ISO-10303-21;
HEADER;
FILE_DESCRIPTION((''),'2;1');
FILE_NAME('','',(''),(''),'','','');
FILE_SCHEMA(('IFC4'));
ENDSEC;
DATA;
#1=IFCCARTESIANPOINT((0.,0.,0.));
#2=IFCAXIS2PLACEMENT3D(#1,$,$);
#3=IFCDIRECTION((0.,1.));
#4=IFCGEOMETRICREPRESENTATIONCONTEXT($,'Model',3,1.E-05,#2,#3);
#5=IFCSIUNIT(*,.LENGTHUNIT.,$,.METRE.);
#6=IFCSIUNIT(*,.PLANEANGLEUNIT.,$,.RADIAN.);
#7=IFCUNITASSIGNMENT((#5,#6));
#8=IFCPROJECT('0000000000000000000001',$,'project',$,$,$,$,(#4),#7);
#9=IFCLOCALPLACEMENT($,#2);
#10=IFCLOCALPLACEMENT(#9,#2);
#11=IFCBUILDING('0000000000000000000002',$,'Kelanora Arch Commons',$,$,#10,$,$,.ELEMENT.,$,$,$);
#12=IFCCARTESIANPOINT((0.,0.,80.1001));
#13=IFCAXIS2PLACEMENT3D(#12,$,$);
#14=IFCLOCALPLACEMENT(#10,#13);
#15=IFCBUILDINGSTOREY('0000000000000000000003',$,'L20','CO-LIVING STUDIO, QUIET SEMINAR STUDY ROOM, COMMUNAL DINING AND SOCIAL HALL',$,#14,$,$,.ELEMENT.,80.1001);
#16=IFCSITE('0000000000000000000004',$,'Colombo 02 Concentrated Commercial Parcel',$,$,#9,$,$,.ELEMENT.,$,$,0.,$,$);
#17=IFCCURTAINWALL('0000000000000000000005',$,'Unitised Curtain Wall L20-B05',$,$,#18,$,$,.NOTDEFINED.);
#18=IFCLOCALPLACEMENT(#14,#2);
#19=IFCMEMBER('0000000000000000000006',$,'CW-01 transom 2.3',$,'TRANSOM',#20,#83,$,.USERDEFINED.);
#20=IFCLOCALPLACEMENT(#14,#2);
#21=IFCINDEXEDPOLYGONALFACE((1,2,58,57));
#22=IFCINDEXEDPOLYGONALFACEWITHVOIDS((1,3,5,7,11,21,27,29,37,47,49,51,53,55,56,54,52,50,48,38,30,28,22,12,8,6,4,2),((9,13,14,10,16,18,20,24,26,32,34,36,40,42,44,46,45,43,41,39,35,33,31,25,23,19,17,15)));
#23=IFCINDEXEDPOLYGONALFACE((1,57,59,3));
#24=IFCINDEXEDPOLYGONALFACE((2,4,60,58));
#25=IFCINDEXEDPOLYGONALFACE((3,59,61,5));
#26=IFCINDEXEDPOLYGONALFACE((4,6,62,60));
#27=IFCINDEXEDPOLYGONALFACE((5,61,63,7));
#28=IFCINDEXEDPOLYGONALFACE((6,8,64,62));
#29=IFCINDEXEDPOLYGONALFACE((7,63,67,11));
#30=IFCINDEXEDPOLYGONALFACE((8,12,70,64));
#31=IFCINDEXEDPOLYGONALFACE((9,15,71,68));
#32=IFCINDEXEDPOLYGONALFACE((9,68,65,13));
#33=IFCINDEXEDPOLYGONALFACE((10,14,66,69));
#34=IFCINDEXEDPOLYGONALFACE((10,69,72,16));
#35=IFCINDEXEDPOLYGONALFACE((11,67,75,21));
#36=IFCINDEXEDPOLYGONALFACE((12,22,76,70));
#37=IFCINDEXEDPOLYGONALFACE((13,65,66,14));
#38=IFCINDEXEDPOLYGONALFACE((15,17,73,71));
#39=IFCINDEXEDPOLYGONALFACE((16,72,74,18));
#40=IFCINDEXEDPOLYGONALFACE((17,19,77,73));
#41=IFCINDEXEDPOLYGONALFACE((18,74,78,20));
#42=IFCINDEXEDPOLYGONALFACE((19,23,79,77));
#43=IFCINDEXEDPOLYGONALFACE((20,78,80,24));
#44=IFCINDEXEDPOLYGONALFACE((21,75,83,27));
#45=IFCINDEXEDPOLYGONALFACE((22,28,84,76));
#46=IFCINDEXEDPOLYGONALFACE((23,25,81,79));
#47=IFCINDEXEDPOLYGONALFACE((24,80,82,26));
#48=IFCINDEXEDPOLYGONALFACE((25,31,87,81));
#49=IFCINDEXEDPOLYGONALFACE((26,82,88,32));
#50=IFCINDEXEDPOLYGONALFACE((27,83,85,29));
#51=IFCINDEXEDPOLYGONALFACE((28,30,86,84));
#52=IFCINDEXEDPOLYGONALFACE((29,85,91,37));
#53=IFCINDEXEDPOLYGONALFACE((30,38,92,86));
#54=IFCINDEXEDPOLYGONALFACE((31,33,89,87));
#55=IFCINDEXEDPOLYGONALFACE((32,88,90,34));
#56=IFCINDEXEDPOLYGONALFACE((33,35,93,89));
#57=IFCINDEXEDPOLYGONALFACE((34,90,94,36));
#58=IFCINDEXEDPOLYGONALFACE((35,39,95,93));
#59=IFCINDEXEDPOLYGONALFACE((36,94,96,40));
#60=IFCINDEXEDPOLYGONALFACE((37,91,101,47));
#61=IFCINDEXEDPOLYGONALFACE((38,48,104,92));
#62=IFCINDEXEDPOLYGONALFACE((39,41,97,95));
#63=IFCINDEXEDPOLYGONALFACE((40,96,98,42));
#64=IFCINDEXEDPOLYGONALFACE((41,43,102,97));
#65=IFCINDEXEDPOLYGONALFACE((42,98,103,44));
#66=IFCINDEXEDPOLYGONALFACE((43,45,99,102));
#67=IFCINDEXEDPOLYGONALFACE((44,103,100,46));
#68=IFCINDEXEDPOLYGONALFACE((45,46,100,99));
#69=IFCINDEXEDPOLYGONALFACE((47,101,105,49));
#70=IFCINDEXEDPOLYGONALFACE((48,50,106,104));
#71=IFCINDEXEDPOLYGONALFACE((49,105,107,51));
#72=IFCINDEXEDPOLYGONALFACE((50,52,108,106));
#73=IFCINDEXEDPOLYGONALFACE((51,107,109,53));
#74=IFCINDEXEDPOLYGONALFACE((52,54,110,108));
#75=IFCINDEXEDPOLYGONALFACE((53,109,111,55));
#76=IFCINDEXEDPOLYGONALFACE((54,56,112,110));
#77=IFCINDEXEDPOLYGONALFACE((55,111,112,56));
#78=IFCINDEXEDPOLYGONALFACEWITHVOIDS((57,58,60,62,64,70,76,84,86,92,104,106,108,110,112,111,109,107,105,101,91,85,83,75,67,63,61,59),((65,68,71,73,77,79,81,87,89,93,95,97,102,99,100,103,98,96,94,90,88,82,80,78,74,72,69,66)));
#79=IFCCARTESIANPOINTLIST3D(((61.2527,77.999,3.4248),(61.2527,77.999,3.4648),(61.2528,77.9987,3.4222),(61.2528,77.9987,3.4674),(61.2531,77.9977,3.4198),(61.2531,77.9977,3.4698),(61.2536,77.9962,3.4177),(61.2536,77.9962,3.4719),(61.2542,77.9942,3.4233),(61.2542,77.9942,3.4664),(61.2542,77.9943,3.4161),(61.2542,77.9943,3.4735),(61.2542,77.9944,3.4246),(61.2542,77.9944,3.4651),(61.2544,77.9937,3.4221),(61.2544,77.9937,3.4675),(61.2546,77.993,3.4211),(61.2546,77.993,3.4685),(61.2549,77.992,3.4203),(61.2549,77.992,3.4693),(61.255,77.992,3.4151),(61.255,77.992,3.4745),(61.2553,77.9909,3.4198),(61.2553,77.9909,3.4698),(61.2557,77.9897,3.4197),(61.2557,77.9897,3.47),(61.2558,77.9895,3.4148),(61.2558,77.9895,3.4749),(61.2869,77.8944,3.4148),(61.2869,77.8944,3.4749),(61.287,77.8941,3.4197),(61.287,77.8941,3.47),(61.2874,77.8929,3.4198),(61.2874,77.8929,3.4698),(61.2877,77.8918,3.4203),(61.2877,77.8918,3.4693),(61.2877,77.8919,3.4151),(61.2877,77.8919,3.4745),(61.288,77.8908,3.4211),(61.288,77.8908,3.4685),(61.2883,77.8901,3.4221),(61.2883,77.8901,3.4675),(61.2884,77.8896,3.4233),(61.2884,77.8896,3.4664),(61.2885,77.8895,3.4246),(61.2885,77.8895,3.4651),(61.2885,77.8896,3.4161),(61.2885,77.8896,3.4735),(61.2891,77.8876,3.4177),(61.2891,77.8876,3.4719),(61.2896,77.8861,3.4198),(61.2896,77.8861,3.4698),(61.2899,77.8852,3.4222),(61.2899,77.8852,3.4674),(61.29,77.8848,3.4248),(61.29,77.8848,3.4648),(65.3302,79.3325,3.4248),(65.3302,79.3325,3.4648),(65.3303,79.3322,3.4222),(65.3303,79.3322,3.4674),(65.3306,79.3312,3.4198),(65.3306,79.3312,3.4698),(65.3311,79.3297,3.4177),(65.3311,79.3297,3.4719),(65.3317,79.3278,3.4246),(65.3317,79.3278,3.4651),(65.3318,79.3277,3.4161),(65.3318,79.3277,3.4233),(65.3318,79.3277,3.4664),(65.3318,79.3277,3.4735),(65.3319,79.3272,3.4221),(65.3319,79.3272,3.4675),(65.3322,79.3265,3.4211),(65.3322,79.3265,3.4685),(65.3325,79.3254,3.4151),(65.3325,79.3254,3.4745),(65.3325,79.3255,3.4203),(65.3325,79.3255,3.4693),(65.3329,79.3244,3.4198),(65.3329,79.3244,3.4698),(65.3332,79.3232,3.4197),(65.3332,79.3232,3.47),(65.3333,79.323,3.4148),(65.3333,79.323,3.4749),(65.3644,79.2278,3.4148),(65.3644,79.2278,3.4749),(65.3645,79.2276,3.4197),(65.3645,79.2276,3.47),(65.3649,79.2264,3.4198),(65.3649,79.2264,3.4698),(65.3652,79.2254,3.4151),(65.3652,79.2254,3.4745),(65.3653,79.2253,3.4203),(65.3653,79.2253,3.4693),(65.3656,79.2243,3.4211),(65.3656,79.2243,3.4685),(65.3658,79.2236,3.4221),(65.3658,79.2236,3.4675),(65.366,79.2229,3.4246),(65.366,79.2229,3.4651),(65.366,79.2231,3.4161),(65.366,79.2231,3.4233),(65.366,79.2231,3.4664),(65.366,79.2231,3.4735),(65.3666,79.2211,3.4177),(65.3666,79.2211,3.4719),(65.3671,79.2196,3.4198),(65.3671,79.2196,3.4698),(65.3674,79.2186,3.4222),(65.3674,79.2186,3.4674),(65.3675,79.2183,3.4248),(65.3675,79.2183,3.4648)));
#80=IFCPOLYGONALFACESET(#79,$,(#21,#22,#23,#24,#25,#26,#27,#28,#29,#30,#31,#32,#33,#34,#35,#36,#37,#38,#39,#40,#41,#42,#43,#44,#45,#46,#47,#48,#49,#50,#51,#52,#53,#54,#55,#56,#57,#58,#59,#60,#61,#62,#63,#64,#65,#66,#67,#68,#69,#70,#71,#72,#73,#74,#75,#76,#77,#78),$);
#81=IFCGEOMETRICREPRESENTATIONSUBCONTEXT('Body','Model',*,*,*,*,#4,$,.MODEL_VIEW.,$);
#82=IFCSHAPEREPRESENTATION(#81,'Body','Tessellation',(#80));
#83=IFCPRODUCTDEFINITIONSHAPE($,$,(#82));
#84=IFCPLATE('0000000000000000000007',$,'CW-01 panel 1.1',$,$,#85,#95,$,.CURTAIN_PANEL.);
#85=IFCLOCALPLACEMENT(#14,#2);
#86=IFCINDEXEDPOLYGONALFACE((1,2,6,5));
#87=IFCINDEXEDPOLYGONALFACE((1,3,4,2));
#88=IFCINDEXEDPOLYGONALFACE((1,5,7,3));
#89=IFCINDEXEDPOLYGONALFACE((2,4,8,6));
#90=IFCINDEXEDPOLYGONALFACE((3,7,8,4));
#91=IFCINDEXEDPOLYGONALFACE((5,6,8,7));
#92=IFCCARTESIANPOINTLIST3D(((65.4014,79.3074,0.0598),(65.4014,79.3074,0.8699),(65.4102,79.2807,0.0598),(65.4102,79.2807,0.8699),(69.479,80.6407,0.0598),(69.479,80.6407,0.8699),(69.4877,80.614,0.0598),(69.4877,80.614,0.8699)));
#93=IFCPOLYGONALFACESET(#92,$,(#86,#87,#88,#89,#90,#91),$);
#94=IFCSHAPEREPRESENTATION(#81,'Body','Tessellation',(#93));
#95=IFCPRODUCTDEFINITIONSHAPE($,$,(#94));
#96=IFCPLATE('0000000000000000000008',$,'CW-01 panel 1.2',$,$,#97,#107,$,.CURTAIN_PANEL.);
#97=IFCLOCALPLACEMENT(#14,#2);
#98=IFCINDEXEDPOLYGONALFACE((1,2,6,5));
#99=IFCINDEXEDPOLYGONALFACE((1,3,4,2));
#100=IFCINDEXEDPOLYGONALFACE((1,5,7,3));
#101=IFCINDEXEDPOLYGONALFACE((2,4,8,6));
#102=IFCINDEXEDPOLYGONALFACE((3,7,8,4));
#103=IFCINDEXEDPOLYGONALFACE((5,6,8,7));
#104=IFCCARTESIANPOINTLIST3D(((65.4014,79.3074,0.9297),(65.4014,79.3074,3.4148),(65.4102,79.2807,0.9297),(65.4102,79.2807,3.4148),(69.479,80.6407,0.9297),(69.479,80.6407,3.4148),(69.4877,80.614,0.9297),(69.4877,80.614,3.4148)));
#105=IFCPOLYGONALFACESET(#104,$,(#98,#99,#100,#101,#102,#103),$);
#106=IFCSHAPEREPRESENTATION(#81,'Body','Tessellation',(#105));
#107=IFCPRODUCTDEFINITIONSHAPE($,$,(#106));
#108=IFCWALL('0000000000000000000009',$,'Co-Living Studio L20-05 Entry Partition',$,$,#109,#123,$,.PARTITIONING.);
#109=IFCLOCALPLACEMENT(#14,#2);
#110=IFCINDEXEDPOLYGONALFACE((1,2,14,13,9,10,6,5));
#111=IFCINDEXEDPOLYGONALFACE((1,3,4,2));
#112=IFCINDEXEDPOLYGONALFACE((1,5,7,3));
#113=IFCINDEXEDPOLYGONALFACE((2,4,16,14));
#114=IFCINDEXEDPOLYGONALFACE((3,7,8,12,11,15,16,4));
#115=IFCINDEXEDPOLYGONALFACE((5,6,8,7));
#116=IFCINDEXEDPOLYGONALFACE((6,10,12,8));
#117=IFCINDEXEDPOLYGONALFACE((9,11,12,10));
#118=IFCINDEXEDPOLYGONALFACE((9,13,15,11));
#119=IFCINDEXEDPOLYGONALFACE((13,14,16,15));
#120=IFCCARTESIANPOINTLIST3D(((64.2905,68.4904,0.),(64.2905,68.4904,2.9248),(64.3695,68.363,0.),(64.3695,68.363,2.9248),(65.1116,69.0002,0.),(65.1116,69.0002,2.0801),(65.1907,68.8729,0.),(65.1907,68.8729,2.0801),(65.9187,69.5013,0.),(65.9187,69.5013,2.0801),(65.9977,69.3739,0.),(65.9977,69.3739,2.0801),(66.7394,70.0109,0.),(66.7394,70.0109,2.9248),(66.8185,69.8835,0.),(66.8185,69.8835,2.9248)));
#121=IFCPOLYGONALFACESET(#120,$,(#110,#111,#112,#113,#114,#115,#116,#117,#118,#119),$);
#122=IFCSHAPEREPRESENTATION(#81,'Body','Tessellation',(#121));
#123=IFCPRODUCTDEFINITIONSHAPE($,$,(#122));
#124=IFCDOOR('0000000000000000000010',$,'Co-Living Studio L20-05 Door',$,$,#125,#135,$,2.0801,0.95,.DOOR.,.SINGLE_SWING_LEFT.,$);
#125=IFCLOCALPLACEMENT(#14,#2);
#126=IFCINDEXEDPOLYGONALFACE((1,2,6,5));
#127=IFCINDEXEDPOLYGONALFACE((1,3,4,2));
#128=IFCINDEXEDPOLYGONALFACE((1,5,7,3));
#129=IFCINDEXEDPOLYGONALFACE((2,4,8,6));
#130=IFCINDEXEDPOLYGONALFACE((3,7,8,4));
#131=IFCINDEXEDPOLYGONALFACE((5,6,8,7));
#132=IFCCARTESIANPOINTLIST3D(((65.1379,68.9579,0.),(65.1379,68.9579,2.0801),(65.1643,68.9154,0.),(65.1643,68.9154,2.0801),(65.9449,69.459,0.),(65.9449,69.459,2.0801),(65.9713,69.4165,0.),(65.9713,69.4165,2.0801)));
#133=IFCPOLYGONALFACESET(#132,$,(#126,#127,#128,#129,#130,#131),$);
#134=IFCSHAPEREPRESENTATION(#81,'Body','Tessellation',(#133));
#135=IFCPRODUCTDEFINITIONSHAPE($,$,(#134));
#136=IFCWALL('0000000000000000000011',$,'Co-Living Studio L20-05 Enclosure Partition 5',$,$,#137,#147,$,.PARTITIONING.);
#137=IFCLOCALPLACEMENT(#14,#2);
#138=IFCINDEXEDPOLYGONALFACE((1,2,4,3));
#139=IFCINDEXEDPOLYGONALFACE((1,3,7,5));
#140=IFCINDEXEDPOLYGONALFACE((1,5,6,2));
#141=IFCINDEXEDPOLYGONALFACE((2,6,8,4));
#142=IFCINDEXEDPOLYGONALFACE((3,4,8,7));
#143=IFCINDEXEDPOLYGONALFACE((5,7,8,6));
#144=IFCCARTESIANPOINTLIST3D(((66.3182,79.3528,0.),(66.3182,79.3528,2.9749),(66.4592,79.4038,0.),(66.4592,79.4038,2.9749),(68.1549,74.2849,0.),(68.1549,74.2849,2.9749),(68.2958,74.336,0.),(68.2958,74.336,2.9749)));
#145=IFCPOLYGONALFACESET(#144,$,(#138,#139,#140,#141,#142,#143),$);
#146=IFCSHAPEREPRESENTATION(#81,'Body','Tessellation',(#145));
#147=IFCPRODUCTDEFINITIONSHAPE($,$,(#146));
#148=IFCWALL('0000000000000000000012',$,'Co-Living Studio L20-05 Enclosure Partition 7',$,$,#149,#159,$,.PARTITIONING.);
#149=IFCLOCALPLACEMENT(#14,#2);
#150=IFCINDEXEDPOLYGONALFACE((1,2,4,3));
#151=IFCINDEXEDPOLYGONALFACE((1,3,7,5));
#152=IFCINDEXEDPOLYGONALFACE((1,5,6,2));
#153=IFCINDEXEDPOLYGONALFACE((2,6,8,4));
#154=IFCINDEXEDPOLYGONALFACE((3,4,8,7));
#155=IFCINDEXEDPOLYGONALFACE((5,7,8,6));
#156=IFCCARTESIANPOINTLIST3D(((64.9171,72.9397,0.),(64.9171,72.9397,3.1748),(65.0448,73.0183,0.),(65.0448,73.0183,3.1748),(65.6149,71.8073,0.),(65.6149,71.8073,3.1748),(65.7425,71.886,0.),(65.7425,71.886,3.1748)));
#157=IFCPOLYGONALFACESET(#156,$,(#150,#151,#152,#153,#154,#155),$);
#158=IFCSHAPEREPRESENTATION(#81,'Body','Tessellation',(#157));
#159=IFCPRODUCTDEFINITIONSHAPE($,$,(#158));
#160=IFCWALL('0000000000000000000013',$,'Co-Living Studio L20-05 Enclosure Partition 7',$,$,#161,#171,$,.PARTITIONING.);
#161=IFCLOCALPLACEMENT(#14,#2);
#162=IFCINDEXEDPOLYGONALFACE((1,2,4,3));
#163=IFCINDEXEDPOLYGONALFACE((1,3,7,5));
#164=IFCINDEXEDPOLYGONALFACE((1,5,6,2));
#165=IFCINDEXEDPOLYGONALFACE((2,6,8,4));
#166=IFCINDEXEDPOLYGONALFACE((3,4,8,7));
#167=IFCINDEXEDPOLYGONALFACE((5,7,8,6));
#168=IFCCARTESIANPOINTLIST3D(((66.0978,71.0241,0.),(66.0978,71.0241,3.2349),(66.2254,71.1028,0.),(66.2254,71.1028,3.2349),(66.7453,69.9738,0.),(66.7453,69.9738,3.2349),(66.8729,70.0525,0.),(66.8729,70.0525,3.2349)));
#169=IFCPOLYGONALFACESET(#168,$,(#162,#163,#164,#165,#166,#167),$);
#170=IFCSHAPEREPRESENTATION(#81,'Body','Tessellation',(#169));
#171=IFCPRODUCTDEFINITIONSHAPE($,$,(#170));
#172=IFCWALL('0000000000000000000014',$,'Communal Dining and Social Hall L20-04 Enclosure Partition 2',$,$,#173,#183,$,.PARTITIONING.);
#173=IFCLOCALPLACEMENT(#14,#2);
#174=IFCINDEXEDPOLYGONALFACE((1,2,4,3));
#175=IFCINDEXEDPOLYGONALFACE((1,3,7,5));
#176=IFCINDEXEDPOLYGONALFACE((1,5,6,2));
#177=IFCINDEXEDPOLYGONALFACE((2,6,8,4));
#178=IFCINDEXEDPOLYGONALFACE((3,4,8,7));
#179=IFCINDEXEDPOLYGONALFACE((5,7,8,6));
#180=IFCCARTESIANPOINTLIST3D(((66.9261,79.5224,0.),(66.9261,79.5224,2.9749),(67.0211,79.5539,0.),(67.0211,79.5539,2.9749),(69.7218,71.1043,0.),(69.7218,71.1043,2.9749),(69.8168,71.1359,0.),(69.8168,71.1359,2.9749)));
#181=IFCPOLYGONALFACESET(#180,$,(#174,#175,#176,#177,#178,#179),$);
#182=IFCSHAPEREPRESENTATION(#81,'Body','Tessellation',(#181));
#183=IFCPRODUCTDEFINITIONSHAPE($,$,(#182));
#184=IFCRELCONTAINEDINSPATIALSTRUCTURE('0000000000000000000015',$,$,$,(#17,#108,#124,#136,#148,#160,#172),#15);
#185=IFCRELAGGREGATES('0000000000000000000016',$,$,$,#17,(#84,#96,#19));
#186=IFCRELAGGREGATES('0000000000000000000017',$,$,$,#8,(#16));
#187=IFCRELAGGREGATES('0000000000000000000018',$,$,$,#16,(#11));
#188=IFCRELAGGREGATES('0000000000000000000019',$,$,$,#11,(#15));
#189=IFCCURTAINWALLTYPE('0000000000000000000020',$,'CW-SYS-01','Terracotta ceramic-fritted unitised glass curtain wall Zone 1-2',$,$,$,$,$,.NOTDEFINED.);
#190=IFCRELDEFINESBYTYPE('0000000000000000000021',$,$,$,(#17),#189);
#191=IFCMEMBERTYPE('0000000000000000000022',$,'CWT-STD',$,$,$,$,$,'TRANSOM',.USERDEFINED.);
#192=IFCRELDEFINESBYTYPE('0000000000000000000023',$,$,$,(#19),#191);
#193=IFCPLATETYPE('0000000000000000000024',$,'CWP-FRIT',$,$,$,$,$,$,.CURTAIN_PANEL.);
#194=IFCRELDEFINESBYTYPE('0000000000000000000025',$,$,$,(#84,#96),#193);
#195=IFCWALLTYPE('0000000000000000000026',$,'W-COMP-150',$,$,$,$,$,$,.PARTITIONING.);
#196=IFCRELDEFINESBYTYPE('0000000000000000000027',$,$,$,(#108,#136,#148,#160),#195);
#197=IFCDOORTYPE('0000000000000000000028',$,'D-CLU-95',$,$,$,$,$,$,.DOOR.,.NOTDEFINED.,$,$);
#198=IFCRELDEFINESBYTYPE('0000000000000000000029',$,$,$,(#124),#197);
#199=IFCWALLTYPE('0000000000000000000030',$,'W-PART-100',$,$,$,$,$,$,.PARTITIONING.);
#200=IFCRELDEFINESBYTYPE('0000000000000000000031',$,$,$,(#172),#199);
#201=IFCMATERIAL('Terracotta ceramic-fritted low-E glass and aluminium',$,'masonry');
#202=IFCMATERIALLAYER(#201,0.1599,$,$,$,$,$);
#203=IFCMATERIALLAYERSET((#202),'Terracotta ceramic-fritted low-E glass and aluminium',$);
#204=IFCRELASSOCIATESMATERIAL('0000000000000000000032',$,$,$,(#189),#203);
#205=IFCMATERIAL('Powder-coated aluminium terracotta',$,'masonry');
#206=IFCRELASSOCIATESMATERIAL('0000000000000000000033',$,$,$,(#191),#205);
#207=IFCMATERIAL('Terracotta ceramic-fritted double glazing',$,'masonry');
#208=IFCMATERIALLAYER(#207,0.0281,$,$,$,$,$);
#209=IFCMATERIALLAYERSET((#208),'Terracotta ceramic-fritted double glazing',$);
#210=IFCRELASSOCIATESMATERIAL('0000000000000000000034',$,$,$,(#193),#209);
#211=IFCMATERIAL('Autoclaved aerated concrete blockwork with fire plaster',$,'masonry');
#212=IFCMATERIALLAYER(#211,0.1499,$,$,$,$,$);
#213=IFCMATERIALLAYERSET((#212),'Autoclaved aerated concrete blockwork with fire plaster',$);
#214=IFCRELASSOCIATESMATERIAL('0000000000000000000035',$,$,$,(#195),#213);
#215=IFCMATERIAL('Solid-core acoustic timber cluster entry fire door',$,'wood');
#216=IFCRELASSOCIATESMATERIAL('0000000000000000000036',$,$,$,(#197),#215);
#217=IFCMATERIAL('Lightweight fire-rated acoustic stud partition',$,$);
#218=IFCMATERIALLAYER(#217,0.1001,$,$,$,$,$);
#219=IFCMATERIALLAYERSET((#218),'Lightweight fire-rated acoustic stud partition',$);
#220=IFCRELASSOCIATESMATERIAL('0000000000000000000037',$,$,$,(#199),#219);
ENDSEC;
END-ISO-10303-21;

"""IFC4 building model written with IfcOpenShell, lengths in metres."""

from ifc_helpers import new_model, si_unit, direction, frame, frame_2d, origin, origin_2d, place, context, subcontext, project, spatial, rectangle, hollow_rectangle, extrude, source, transform, mapped, material, layer, layer_set, material_profile, profile_set, type_object, element, fill, aggregate, save


model = new_model("IFC4")

# Units and contexts
model_context = context("Model", 3, precision=1e-05, world=origin(), true_north=direction((0.0, 1.0)))
body_context = subcontext(model_context, "Body", "Model", "MODEL_VIEW")
ifc_project = project(units=[si_unit("LENGTHUNIT", "METRE"), si_unit("PLANEANGLEUNIT", "RADIAN")], contexts=[model_context])

# Site, building, storey
site_placement = place(None, origin())
site = spatial("IfcSite", under=ifc_project, at=site_placement, Name="Colombo 02 Concentrated Commercial Parcel", CompositionType="ELEMENT", RefElevation=0.0)
building_placement = place(site_placement, origin())
building = spatial("IfcBuilding", under=site, at=building_placement, Name="Kelanora Arch Commons", CompositionType="ELEMENT")
storey_placement = place(building_placement, frame((0.0, 0.0, 80.1001)))
storey = spatial("IfcBuildingStorey", under=building, at=storey_placement, Name="L20", Description="CO-LIVING STUDIO, QUIET SEMINAR STUDY ROOM, COMMUNAL DINING AND SOCIAL HALL", CompositionType="ELEMENT", Elevation=80.1001)

# Curtain wall, member, plates
ifc_material_1 = material(Name="Terracotta ceramic-fritted low-E glass and aluminium", Category="masonry")
ifc_layer_1 = layer(ifc_material_1, 0.1599)
ifc_layer_set_1 = layer_set([ifc_layer_1], Name="Terracotta ceramic-fritted low-E glass and aluminium")
curtain_wall_type = type_object("IfcCurtainWallType", Name="CW-SYS-01", Description="Terracotta ceramic-fritted unitised glass curtain wall Zone 1-2", PredefinedType="NOTDEFINED", material=ifc_layer_set_1)
curtain_wall_placement = place(storey_placement, origin())
curtain_wall = element("IfcCurtainWall", 1, at=curtain_wall_placement, inside=storey, type_object=curtain_wall_type, Name="Unitised Curtain Wall L20-B05", PredefinedType="NOTDEFINED")
ifc_material_2 = material(Name="Powder-coated aluminium terracotta", Category="masonry")
ifc_material_profile_1 = material_profile(ifc_material_2, hollow_rectangle(XDim=0.1201, YDim=0.0601, WallThickness=0.0049, InnerFilletRadius=0.0049, OuterFilletRadius=0.01, at=origin_2d()), Name="CWT120x60")
ifc_profile_set_1 = profile_set([ifc_material_profile_1], Name="Powder-coated aluminium terracotta")
member_type_1 = type_object("IfcMemberType", Name="CWT-STD", ElementType="TRANSOM", PredefinedType="USERDEFINED", material=ifc_profile_set_1)
member_1_placement = place(storey_placement, frame((65.3489, 79.2754, 3.4448), z_axis=(-0.950466, -0.310828, 0.0), x_axis=(0.310828, -0.950466, 0.0)))
member_1 = element("IfcMember", 2, at=member_1_placement, type_object=member_type_1, Name="CW-01 transom 2.3", ObjectType="TRANSOM", PredefinedType="USERDEFINED", context=body_context, shape_type="SweptSolid", body=[
    extrude(hollow_rectangle(XDim=0.1201, YDim=0.0601, WallThickness=0.0049, InnerFilletRadius=0.0049, OuterFilletRadius=0.01, at=origin_2d()), origin(), (0.0, 0.0, 1.0), 4.29),
])
ifc_material_3 = material(Name="Terracotta ceramic-fritted double glazing", Category="masonry")
ifc_layer_2 = layer(ifc_material_3, 0.0281)
ifc_layer_set_2 = layer_set([ifc_layer_2], Name="Terracotta ceramic-fritted double glazing")
plate_type = type_object("IfcPlateType", Name="CWP-FRIT", PredefinedType="CURTAIN_PANEL", material=ifc_layer_set_2)
shared_shape_1 = source(origin(), body_context, "Body", "SweptSolid", [
    extrude(rectangle(XDim=4.29, YDim=0.0281, at=origin_2d()), origin(), (0.0, 0.0, 1.0), 0.8101),
])
plate_1_placement = place(storey_placement, frame((67.4446, 79.9607, 0.0598), z_axis=(0.0, 0.0, 1.0), x_axis=(-0.950474, -0.310805, 0.0)))
plate_1 = element("IfcPlate", 3, at=plate_1_placement, type_object=plate_type, Name="CW-01 panel 1.1", PredefinedType="CURTAIN_PANEL", context=body_context, shape_type="MappedRepresentation", body=[
    mapped(shared_shape_1, transform((0.0, 0.0, 0.0), scale=1.0)),
])
shared_shape_2 = source(origin(), body_context, "Body", "SweptSolid", [
    extrude(rectangle(XDim=4.29, YDim=0.0281, at=origin_2d()), origin(), (0.0, 0.0, 1.0), 2.4851),
])
plate_2_placement = place(storey_placement, frame((67.4446, 79.9607, 0.9297), z_axis=(0.0, 0.0, 1.0), x_axis=(-0.950474, -0.310805, 0.0)))
plate_2 = element("IfcPlate", 4, at=plate_2_placement, type_object=plate_type, Name="CW-01 panel 1.2", PredefinedType="CURTAIN_PANEL", context=body_context, shape_type="MappedRepresentation", body=[
    mapped(shared_shape_2, transform((0.0, 0.0, 0.0), scale=1.0)),
])
aggregate(curtain_wall, [plate_1, plate_2, member_1])

# Wall, opening, door
ifc_material_4 = material(Name="Autoclaved aerated concrete blockwork with fire plaster", Category="masonry")
ifc_layer_3 = layer(ifc_material_4, 0.1499)
ifc_layer_set_3 = layer_set([ifc_layer_3], Name="Autoclaved aerated concrete blockwork with fire plaster")
wall_type_1 = type_object("IfcWallType", Name="W-COMP-150", PredefinedType="PARTITIONING", material=ifc_layer_set_3)
wall_1_placement = place(storey_placement, frame((66.7791, 69.9473, 0.0), z_axis=(0.0, 0.0, 1.0), x_axis=(-0.849569, -0.527477, 0.0)))
wall_1 = element("IfcWall", 5, at=wall_1_placement, inside=storey, type_object=wall_type_1, Name="Co-Living Studio L20-05 Entry Partition", PredefinedType="PARTITIONING", context=body_context, shape_type="SweptSolid", body=[
    extrude(rectangle(XDim=2.8826, YDim=0.1499, at=frame_2d((1.4414, 0.0))), origin(), (0.0, 0.0, 1.0), 2.9248),
])
opening_1_placement = place(wall_1_placement, frame((0.9661, 0.0, 0.0)))
opening_1 = element("IfcOpeningElement", 6, at=opening_1_placement, cuts=wall_1, PredefinedType="OPENING", context=body_context, shape_type="SweptSolid", body=[
    extrude(rectangle(XDim=0.95, YDim=2.0801, at=frame_2d((0.4751, 1.04))), frame((0.0, 0.085, 0.0), z_axis=(0.0, -1.0, 0.0), x_axis=(1.0, 0.0, 0.0)), (0.0, 0.0, 1.0), 0.1699),
])
ifc_material_5 = material(Name="Solid-core acoustic timber cluster entry fire door", Category="wood")
door_type_1 = type_object("IfcDoorType", Name="D-CLU-95", OperationType="NOTDEFINED", PredefinedType="DOOR", material=ifc_material_5)
door_1_placement = place(opening_1_placement, origin())
door_1 = element("IfcDoor", 7, at=door_1_placement, inside=storey, type_object=door_type_1, Name="Co-Living Studio L20-05 Door", OperationType="SINGLE_SWING_LEFT", OverallHeight=2.0801, OverallWidth=0.95, PredefinedType="DOOR", context=body_context, shape_type="SweptSolid", body=[
    extrude(rectangle(XDim=0.95, YDim=2.0801, at=frame_2d((0.4751, 1.04))), frame((0.0, 0.0249, 0.0), z_axis=(0.0, -1.0, 0.0), x_axis=(1.0, 0.0, 0.0)), (0.0, 0.0, 1.0), 0.05),
])
fill(opening_1, door_1)

# Walls
wall_2_placement = place(storey_placement, frame((66.3887, 79.3784, 0.0), z_axis=(0.0, 0.0, 1.0), x_axis=(0.340728, -0.940162, 0.0)))
element("IfcWall", 8, at=wall_2_placement, inside=storey, type_object=wall_type_1, Name="Co-Living Studio L20-05 Enclosure Partition 5", PredefinedType="PARTITIONING", context=body_context, shape_type="SweptSolid", body=[
    extrude(rectangle(XDim=5.3904, YDim=0.1499, at=frame_2d((2.6953, 0.0))), origin(), (0.0, 0.0, 1.0), 2.9749),
])
wall_3_placement = place(storey_placement, frame((64.981, 72.979, 0.0), z_axis=(0.0, 0.0, 1.0), x_axis=(0.524609, -0.851343, 0.0)))
element("IfcWall", 9, at=wall_3_placement, inside=storey, type_object=wall_type_1, Name="Co-Living Studio L20-05 Enclosure Partition 7", PredefinedType="PARTITIONING", context=body_context, shape_type="SweptSolid", body=[
    extrude(rectangle(XDim=1.3301, YDim=0.1499, at=frame_2d((0.665, 0.0))), origin(), (0.0, 0.0, 1.0), 3.1748),
])
wall_4_placement = place(storey_placement, frame((66.1616, 71.0635, 0.0), z_axis=(0.0, 0.0, 1.0), x_axis=(0.52476, -0.85125, 0.0)))
element("IfcWall", 10, at=wall_4_placement, inside=storey, type_object=wall_type_1, Name="Co-Living Studio L20-05 Enclosure Partition 7", PredefinedType="PARTITIONING", context=body_context, shape_type="SweptSolid", body=[
    extrude(rectangle(XDim=1.2339, YDim=0.1499, at=frame_2d((0.6169, 0.0))), origin(), (0.0, 0.0, 1.0), 3.2349),
])
ifc_material_6 = material(Name="Lightweight fire-rated acoustic stud partition")
ifc_layer_4 = layer(ifc_material_6, 0.1001)
ifc_layer_set_4 = layer_set([ifc_layer_4], Name="Lightweight fire-rated acoustic stud partition")
wall_type_2 = type_object("IfcWallType", Name="W-PART-100", PredefinedType="PARTITIONING", material=ifc_layer_set_4)
wall_5_placement = place(storey_placement, frame((69.7693, 71.1201, 0.0), z_axis=(0.0, 0.0, 1.0), x_axis=(-0.315179, 0.949032, 0.0)))
element("IfcWall", 11, at=wall_5_placement, inside=storey, type_object=wall_type_2, Name="Communal Dining and Social Hall L20-04 Enclosure Partition 2", PredefinedType="PARTITIONING", context=body_context, shape_type="SweptSolid", body=[
    extrude(rectangle(XDim=8.8701, YDim=0.1001, at=frame_2d((4.4351, 0.0))), origin(), (0.0, 0.0, 1.0), 2.9749),
])

save(model, "model.ifc")
